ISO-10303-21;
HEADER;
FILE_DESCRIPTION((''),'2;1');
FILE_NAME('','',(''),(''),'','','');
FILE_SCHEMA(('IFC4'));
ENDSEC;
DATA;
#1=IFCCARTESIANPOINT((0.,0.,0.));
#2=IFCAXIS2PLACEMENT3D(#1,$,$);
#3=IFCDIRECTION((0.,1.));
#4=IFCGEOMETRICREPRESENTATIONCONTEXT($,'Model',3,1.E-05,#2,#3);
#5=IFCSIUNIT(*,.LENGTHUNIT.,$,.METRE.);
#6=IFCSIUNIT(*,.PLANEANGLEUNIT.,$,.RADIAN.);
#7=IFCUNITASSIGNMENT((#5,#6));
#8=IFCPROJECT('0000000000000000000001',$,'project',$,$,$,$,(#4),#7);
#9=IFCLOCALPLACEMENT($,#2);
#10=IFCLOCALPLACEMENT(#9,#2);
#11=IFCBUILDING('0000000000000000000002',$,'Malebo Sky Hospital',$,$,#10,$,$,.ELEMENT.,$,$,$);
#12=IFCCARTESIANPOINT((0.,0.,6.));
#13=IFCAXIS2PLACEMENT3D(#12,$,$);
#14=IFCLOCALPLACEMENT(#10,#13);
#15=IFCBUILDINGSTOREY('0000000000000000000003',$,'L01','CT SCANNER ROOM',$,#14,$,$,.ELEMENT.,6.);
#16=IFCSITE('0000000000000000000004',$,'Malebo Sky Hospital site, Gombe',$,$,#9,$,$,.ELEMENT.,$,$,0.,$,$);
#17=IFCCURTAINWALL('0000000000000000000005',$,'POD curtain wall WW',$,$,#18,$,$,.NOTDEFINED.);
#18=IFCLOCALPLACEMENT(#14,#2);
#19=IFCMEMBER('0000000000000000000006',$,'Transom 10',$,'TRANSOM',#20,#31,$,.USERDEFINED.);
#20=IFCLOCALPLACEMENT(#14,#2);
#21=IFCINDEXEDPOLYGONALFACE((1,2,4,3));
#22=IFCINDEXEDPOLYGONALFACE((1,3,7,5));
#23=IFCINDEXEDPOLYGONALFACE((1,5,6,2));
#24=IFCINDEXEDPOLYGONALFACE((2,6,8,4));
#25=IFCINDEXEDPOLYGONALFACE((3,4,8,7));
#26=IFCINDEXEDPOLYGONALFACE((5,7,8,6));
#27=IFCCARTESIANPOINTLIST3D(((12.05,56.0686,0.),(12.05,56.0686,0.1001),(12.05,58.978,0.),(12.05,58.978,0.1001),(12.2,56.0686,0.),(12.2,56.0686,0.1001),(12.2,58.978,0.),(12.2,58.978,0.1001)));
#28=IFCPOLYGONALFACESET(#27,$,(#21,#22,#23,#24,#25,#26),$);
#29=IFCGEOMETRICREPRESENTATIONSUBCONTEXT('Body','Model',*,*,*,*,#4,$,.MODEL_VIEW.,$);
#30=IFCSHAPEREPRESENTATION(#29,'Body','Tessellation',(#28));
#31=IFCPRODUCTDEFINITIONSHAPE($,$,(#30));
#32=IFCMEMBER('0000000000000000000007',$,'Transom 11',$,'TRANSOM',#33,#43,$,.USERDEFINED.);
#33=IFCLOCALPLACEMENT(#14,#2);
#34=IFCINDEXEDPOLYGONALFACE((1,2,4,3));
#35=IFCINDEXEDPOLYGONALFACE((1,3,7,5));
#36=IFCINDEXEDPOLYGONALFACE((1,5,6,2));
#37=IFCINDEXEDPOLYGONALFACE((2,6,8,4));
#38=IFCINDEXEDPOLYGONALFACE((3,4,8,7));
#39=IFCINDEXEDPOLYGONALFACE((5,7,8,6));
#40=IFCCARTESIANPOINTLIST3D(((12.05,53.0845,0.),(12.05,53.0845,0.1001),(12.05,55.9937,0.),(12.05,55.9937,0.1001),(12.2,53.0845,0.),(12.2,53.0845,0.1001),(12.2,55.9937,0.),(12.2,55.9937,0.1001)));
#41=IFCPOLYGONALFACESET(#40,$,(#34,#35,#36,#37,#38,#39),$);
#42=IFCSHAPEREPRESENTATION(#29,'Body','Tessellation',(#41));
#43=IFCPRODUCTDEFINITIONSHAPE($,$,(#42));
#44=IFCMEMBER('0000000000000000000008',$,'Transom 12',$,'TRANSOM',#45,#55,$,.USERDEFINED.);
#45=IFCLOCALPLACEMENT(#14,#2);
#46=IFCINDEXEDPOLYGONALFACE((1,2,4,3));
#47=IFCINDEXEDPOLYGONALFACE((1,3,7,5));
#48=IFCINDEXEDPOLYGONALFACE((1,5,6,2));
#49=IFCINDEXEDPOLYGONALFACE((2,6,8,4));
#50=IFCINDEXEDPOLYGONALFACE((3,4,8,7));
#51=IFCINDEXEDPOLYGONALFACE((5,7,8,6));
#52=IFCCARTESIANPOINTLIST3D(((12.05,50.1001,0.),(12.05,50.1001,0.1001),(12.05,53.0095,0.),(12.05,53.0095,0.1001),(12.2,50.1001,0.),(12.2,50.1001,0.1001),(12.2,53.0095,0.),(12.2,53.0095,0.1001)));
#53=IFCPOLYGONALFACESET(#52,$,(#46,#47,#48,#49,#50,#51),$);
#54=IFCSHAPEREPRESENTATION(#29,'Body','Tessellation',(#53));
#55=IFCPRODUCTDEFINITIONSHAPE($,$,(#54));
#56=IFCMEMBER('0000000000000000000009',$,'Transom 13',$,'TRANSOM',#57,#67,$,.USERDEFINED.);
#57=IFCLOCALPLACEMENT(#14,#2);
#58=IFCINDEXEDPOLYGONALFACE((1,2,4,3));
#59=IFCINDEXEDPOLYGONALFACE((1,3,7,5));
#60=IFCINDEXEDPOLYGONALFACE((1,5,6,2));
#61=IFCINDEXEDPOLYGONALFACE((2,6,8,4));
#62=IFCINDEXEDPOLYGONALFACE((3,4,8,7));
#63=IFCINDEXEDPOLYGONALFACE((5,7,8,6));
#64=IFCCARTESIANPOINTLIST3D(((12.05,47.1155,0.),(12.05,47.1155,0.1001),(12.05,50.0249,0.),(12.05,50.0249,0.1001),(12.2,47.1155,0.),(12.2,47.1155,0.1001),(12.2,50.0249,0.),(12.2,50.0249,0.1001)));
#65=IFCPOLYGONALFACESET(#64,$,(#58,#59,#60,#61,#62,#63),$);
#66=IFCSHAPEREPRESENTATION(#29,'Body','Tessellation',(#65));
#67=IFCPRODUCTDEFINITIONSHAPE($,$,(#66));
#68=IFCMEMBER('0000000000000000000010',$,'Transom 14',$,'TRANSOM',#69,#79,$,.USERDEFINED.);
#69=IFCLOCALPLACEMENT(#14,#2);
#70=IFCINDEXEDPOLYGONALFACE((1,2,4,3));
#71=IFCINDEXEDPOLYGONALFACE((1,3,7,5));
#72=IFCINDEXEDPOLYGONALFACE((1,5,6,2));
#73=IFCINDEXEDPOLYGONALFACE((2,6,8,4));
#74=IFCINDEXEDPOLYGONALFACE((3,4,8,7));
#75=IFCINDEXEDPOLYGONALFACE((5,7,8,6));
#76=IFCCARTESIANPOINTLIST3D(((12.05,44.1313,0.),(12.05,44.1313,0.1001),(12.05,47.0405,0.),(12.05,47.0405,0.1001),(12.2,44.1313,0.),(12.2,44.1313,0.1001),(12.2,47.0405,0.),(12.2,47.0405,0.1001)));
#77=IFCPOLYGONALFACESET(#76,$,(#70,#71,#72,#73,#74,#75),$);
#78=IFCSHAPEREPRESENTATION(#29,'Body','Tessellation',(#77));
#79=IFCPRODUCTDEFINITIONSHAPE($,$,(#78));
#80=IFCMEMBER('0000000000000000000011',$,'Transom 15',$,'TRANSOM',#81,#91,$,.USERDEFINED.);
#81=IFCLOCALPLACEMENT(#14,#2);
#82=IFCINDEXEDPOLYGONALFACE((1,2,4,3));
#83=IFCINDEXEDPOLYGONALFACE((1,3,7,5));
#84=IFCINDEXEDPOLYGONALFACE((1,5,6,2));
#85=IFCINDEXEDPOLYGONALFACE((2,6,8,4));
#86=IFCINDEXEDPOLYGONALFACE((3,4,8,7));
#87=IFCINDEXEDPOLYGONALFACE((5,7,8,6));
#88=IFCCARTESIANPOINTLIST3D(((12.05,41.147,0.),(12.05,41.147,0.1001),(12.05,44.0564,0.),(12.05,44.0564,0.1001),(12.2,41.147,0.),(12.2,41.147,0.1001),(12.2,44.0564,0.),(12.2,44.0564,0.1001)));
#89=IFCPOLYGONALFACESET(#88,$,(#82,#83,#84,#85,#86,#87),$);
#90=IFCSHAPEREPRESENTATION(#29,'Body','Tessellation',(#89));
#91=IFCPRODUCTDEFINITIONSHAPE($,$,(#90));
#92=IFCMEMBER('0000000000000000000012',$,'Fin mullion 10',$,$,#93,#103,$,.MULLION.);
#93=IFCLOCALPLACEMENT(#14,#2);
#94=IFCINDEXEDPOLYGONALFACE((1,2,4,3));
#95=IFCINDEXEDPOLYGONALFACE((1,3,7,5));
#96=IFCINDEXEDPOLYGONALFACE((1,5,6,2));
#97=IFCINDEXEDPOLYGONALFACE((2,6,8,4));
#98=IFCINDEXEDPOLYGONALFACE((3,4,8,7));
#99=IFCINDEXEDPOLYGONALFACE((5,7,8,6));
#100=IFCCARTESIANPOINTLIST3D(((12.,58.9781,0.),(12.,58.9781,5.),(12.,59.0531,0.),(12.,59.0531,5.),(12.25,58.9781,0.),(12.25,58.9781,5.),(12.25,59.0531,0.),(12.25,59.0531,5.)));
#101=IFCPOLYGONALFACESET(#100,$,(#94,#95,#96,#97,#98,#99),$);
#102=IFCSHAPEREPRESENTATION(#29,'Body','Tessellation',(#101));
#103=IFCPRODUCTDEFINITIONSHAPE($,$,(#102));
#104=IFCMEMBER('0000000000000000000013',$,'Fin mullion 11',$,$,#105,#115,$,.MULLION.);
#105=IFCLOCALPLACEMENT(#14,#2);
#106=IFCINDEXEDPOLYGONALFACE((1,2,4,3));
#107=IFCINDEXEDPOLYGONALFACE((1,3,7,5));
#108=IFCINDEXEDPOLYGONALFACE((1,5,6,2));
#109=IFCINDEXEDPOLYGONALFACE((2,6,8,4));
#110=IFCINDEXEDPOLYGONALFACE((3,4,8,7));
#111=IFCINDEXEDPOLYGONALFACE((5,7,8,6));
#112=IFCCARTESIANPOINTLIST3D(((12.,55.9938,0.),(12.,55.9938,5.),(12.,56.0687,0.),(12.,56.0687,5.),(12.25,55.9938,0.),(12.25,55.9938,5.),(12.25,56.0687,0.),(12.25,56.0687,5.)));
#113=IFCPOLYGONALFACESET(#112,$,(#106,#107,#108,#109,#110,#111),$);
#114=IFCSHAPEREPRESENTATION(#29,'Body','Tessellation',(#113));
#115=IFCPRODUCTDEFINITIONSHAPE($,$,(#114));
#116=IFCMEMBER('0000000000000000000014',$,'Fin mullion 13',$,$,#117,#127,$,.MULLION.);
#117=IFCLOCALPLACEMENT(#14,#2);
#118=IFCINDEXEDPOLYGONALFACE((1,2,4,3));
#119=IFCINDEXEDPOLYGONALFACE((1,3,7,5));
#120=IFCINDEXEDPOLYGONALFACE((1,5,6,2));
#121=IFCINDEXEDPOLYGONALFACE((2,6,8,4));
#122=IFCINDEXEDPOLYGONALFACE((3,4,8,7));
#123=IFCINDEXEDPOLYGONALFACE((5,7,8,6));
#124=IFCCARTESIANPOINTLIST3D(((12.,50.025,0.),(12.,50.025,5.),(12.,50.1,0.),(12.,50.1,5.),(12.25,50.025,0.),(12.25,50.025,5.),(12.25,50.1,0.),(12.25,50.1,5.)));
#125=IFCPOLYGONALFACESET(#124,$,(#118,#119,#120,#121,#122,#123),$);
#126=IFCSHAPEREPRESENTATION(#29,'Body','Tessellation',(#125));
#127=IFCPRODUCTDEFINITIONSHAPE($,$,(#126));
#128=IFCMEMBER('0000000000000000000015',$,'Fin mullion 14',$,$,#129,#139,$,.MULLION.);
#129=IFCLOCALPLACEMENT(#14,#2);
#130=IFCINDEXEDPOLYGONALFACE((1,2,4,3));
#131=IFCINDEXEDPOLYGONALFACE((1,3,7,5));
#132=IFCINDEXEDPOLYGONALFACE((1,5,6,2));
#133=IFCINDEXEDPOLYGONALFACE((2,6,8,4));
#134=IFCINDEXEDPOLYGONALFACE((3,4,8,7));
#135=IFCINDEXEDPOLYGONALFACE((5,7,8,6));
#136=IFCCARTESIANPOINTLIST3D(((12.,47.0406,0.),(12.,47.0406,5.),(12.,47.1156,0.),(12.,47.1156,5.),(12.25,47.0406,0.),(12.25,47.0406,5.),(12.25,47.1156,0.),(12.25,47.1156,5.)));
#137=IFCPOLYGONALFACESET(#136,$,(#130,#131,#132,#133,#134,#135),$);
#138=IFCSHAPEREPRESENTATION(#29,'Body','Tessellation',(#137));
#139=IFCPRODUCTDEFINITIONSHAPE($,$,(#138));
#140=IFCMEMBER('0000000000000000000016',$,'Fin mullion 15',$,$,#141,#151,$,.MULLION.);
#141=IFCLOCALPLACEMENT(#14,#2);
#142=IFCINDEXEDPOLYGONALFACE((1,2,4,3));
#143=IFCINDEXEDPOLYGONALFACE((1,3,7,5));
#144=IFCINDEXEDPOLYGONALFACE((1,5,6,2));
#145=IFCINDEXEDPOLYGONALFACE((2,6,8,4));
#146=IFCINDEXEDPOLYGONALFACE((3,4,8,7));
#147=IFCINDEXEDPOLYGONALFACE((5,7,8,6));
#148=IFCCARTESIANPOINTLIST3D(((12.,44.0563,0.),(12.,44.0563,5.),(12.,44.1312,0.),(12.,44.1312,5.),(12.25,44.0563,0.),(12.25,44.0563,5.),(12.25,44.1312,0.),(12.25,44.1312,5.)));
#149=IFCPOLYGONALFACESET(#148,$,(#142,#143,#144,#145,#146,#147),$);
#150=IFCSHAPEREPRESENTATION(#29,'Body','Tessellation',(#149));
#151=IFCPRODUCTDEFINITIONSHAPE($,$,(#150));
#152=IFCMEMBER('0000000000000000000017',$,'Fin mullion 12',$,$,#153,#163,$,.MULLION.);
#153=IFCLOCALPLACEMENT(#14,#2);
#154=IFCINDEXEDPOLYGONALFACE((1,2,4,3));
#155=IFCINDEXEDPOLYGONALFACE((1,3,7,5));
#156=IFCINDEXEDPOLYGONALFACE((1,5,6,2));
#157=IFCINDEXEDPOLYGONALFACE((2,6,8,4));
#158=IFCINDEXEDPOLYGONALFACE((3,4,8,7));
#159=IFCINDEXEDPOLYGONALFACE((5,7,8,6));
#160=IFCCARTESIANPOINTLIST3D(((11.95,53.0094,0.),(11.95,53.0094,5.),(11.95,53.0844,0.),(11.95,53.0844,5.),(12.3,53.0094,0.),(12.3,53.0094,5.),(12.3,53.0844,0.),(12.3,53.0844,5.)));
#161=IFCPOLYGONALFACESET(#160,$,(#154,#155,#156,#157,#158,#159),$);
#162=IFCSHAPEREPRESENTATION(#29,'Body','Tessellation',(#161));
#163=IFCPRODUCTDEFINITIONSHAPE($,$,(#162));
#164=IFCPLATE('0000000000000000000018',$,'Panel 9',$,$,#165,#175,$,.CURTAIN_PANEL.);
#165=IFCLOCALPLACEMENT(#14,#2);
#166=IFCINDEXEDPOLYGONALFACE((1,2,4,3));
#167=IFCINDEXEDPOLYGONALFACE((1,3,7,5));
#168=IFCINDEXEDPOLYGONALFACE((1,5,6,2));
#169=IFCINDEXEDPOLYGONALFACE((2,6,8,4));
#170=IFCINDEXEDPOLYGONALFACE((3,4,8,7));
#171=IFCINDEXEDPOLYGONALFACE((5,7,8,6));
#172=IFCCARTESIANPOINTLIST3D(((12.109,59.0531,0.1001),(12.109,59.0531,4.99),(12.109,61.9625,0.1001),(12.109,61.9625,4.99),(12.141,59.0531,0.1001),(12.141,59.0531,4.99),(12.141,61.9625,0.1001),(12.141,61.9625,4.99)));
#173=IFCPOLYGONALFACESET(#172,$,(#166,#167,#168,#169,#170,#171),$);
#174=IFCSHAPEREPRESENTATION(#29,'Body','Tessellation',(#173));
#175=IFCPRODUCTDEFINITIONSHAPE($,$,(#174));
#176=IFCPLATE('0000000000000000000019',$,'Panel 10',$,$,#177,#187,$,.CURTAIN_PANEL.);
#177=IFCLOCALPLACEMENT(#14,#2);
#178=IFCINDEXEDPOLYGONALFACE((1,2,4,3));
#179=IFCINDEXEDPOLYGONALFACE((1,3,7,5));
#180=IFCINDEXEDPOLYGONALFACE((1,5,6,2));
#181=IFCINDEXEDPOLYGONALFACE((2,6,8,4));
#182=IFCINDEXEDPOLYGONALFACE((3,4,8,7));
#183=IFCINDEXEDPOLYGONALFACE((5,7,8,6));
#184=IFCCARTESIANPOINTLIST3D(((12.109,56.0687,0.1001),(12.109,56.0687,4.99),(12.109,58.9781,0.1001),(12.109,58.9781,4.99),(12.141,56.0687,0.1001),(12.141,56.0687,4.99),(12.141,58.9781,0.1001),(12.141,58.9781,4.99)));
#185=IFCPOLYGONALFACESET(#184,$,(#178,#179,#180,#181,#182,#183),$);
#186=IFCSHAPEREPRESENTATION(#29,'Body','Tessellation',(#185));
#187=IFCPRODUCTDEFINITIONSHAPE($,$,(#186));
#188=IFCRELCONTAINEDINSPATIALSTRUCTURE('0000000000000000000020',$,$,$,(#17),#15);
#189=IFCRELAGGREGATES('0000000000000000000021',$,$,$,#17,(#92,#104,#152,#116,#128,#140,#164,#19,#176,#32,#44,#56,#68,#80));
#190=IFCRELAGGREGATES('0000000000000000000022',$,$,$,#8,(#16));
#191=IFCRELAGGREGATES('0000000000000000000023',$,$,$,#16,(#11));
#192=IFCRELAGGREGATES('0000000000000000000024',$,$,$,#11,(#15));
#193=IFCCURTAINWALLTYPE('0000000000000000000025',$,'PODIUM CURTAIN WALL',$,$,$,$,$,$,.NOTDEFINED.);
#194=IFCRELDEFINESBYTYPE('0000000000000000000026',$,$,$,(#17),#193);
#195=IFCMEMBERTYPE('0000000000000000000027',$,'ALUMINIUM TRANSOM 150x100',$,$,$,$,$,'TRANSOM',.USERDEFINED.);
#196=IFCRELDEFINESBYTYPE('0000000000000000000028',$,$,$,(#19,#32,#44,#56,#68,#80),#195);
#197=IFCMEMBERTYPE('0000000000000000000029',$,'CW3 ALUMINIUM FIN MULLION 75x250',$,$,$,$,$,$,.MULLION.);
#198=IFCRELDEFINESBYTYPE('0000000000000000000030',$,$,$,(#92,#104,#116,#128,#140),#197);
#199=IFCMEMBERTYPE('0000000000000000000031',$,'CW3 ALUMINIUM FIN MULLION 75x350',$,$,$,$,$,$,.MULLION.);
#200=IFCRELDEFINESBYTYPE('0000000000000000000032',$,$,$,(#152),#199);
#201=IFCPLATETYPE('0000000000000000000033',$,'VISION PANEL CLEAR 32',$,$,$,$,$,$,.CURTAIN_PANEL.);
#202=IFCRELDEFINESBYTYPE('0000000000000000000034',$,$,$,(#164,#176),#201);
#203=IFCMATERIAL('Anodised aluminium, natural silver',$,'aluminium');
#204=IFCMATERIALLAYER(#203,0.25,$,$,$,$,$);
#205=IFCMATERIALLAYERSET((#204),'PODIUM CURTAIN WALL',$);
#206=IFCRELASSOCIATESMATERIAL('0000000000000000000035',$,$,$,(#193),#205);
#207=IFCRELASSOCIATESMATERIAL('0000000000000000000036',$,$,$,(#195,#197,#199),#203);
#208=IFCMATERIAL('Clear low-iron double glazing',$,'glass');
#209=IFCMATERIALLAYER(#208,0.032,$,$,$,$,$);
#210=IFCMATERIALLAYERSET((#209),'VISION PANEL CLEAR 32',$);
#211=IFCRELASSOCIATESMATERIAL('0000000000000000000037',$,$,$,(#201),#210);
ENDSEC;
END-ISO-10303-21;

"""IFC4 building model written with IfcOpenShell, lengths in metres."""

from ifc_helpers import new_model, si_unit, direction, frame, origin, origin_2d, place, context, subcontext, project, spatial, rectangle, extrude, material, layer, layer_set, material_profile, profile_set, type_object, element, aggregate, save


model = new_model("IFC4")

# Units and contexts
model_context = context("Model", 3, precision=1e-05, world=origin(), true_north=direction((0.0, 1.0)))
body_context = subcontext(model_context, "Body", "Model", "MODEL_VIEW")
ifc_project = project(units=[si_unit("LENGTHUNIT", "METRE"), si_unit("PLANEANGLEUNIT", "RADIAN")], contexts=[model_context])

# Site, building, storey
site_placement = place(None, origin())
site = spatial("IfcSite", under=ifc_project, at=site_placement, Name="Malebo Sky Hospital site, Gombe", CompositionType="ELEMENT", RefElevation=0.0)
building_placement = place(site_placement, origin())
building = spatial("IfcBuilding", under=site, at=building_placement, Name="Malebo Sky Hospital", CompositionType="ELEMENT")
storey_placement = place(building_placement, frame((0.0, 0.0, 6.0)))
storey = spatial("IfcBuildingStorey", under=building, at=storey_placement, Name="L01", Description="CT SCANNER ROOM", CompositionType="ELEMENT", Elevation=6.0)

# Curtain wall, members, plates
ifc_material_1 = material(Name="Anodised aluminium, natural silver", Category="aluminium")
ifc_layer_1 = layer(ifc_material_1, 0.25)
ifc_layer_set_1 = layer_set([ifc_layer_1], Name="PODIUM CURTAIN WALL")
curtain_wall_type = type_object("IfcCurtainWallType", Name="PODIUM CURTAIN WALL", PredefinedType="NOTDEFINED", material=ifc_layer_set_1)
curtain_wall_placement = place(storey_placement, origin())
curtain_wall = element("IfcCurtainWall", 1, at=curtain_wall_placement, inside=storey, type_object=curtain_wall_type, Name="POD curtain wall WW", PredefinedType="NOTDEFINED")
ifc_material_profile_1 = material_profile(ifc_material_1, rectangle(XDim=0.1499, YDim=0.1001, at=origin_2d()), Name="ALUMINIUM TRANSOM 150x100")
ifc_profile_set_1 = profile_set([ifc_material_profile_1], Name="Anodised aluminium, natural silver")
member_type_1 = type_object("IfcMemberType", Name="ALUMINIUM TRANSOM 150x100", ElementType="TRANSOM", PredefinedType="USERDEFINED", material=ifc_profile_set_1)
member_1_placement = place(storey_placement, frame((12.125, 58.978, 0.05), z_axis=(0.0, -1.0, 0.0), x_axis=(1.0, 0.0, 0.0)))
member_1 = element("IfcMember", 2, at=member_1_placement, type_object=member_type_1, Name="Transom 10", ObjectType="TRANSOM", PredefinedType="USERDEFINED", context=body_context, shape_type="SweptSolid", body=[
    extrude(rectangle(XDim=0.1499, YDim=0.1001, at=origin_2d()), origin(), (0.0, 0.0, 1.0), 2.9094),
])
member_2_placement = place(storey_placement, frame((12.125, 55.9937, 0.05), z_axis=(0.0, -1.0, 0.0), x_axis=(1.0, 0.0, 0.0)))
member_2 = element("IfcMember", 3, at=member_2_placement, type_object=member_type_1, Name="Transom 11", ObjectType="TRANSOM", PredefinedType="USERDEFINED", context=body_context, shape_type="SweptSolid", body=[
    extrude(rectangle(XDim=0.1499, YDim=0.1001, at=origin_2d()), origin(), (0.0, 0.0, 1.0), 2.9092),
])
member_3_placement = place(storey_placement, frame((12.125, 53.0095, 0.05), z_axis=(0.0, -1.0, 0.0), x_axis=(1.0, 0.0, 0.0)))
member_3 = element("IfcMember", 4, at=member_3_placement, type_object=member_type_1, Name="Transom 12", ObjectType="TRANSOM", PredefinedType="USERDEFINED", context=body_context, shape_type="SweptSolid", body=[
    extrude(rectangle(XDim=0.1499, YDim=0.1001, at=origin_2d()), origin(), (0.0, 0.0, 1.0), 2.9094),
])
member_4_placement = place(storey_placement, frame((12.125, 50.0249, 0.05), z_axis=(0.0, -1.0, 0.0), x_axis=(1.0, 0.0, 0.0)))
member_4 = element("IfcMember", 5, at=member_4_placement, type_object=member_type_1, Name="Transom 13", ObjectType="TRANSOM", PredefinedType="USERDEFINED", context=body_context, shape_type="SweptSolid", body=[
    extrude(rectangle(XDim=0.1499, YDim=0.1001, at=origin_2d()), origin(), (0.0, 0.0, 1.0), 2.9094),
])
member_5_placement = place(storey_placement, frame((12.125, 47.0405, 0.05), z_axis=(0.0, -1.0, 0.0), x_axis=(1.0, 0.0, 0.0)))
member_5 = element("IfcMember", 6, at=member_5_placement, type_object=member_type_1, Name="Transom 14", ObjectType="TRANSOM", PredefinedType="USERDEFINED", context=body_context, shape_type="SweptSolid", body=[
    extrude(rectangle(XDim=0.1499, YDim=0.1001, at=origin_2d()), origin(), (0.0, 0.0, 1.0), 2.9092),
])
member_6_placement = place(storey_placement, frame((12.125, 44.0564, 0.05), z_axis=(0.0, -1.0, 0.0), x_axis=(1.0, 0.0, 0.0)))
member_6 = element("IfcMember", 7, at=member_6_placement, type_object=member_type_1, Name="Transom 15", ObjectType="TRANSOM", PredefinedType="USERDEFINED", context=body_context, shape_type="SweptSolid", body=[
    extrude(rectangle(XDim=0.1499, YDim=0.1001, at=origin_2d()), origin(), (0.0, 0.0, 1.0), 2.9094),
])
ifc_material_profile_2 = material_profile(ifc_material_1, rectangle(XDim=0.075, YDim=0.25, at=origin_2d()), Name="CW3 ALUMINIUM FIN MULLION 75x250")
ifc_profile_set_2 = profile_set([ifc_material_profile_2], Name="Anodised aluminium, natural silver")
member_type_2 = type_object("IfcMemberType", Name="CW3 ALUMINIUM FIN MULLION 75x250", PredefinedType="MULLION", material=ifc_profile_set_2)
member_7_placement = place(storey_placement, frame((12.125, 59.0156, 0.0), z_axis=(0.0, 0.0, 1.0), x_axis=(0.0, -1.0, 0.0)))
member_7 = element("IfcMember", 8, at=member_7_placement, type_object=member_type_2, Name="Fin mullion 10", PredefinedType="MULLION", context=body_context, shape_type="SweptSolid", body=[
    extrude(rectangle(XDim=0.075, YDim=0.25, at=origin_2d()), origin(), (0.0, 0.0, 1.0), 5.0),
])
member_8_placement = place(storey_placement, frame((12.125, 56.0312, 0.0), z_axis=(0.0, 0.0, 1.0), x_axis=(0.0, -1.0, 0.0)))
member_8 = element("IfcMember", 9, at=member_8_placement, type_object=member_type_2, Name="Fin mullion 11", PredefinedType="MULLION", context=body_context, shape_type="SweptSolid", body=[
    extrude(rectangle(XDim=0.075, YDim=0.25, at=origin_2d()), origin(), (0.0, 0.0, 1.0), 5.0),
])
member_9_placement = place(storey_placement, frame((12.125, 50.0625, 0.0), z_axis=(0.0, 0.0, 1.0), x_axis=(0.0, -1.0, 0.0)))
member_9 = element("IfcMember", 10, at=member_9_placement, type_object=member_type_2, Name="Fin mullion 13", PredefinedType="MULLION", context=body_context, shape_type="SweptSolid", body=[
    extrude(rectangle(XDim=0.075, YDim=0.25, at=origin_2d()), origin(), (0.0, 0.0, 1.0), 5.0),
])
member_10_placement = place(storey_placement, frame((12.125, 47.0781, 0.0), z_axis=(0.0, 0.0, 1.0), x_axis=(0.0, -1.0, 0.0)))
member_10 = element("IfcMember", 11, at=member_10_placement, type_object=member_type_2, Name="Fin mullion 14", PredefinedType="MULLION", context=body_context, shape_type="SweptSolid", body=[
    extrude(rectangle(XDim=0.075, YDim=0.25, at=origin_2d()), origin(), (0.0, 0.0, 1.0), 5.0),
])
member_11_placement = place(storey_placement, frame((12.125, 44.0938, 0.0), z_axis=(0.0, 0.0, 1.0), x_axis=(0.0, -1.0, 0.0)))
member_11 = element("IfcMember", 12, at=member_11_placement, type_object=member_type_2, Name="Fin mullion 15", PredefinedType="MULLION", context=body_context, shape_type="SweptSolid", body=[
    extrude(rectangle(XDim=0.075, YDim=0.25, at=origin_2d()), origin(), (0.0, 0.0, 1.0), 5.0),
])
ifc_material_profile_3 = material_profile(ifc_material_1, rectangle(XDim=0.075, YDim=0.3501, at=origin_2d()), Name="CW3 ALUMINIUM FIN MULLION 75x350")
ifc_profile_set_3 = profile_set([ifc_material_profile_3], Name="Anodised aluminium, natural silver")
member_type_3 = type_object("IfcMemberType", Name="CW3 ALUMINIUM FIN MULLION 75x350", PredefinedType="MULLION", material=ifc_profile_set_3)
member_12_placement = place(storey_placement, frame((12.125, 53.0469, 0.0), z_axis=(0.0, 0.0, 1.0), x_axis=(0.0, -1.0, 0.0)))
member_12 = element("IfcMember", 13, at=member_12_placement, type_object=member_type_3, Name="Fin mullion 12", PredefinedType="MULLION", context=body_context, shape_type="SweptSolid", body=[
    extrude(rectangle(XDim=0.075, YDim=0.3501, at=origin_2d()), origin(), (0.0, 0.0, 1.0), 5.0),
])
ifc_material_2 = material(Name="Clear low-iron double glazing", Category="glass")
ifc_layer_2 = layer(ifc_material_2, 0.032)
ifc_layer_set_2 = layer_set([ifc_layer_2], Name="VISION PANEL CLEAR 32")
plate_type = type_object("IfcPlateType", Name="VISION PANEL CLEAR 32", PredefinedType="CURTAIN_PANEL", material=ifc_layer_set_2)
plate_1_placement = place(storey_placement, frame((12.125, 60.5078, 0.1001), z_axis=(0.0, 0.0, 1.0), x_axis=(0.0, -1.0, 0.0)))
plate_1 = element("IfcPlate", 14, at=plate_1_placement, type_object=plate_type, Name="Panel 9", PredefinedType="CURTAIN_PANEL", context=body_context, shape_type="SweptSolid", body=[
    extrude(rectangle(XDim=2.9094, YDim=0.032, at=origin_2d()), origin(), (0.0, 0.0, 1.0), 4.8899),
])
plate_2_placement = place(storey_placement, frame((12.125, 57.5234, 0.1001), z_axis=(0.0, 0.0, 1.0), x_axis=(0.0, -1.0, 0.0)))
plate_2 = element("IfcPlate", 15, at=plate_2_placement, type_object=plate_type, Name="Panel 10", PredefinedType="CURTAIN_PANEL", context=body_context, shape_type="SweptSolid", body=[
    extrude(rectangle(XDim=2.9094, YDim=0.032, at=origin_2d()), origin(), (0.0, 0.0, 1.0), 4.8899),
])
aggregate(curtain_wall, [member_7, member_8, member_12, member_9, member_10, member_11, plate_1, member_1, plate_2, member_2, member_3, member_4, member_5, member_6])

save(model, "model.ifc")
